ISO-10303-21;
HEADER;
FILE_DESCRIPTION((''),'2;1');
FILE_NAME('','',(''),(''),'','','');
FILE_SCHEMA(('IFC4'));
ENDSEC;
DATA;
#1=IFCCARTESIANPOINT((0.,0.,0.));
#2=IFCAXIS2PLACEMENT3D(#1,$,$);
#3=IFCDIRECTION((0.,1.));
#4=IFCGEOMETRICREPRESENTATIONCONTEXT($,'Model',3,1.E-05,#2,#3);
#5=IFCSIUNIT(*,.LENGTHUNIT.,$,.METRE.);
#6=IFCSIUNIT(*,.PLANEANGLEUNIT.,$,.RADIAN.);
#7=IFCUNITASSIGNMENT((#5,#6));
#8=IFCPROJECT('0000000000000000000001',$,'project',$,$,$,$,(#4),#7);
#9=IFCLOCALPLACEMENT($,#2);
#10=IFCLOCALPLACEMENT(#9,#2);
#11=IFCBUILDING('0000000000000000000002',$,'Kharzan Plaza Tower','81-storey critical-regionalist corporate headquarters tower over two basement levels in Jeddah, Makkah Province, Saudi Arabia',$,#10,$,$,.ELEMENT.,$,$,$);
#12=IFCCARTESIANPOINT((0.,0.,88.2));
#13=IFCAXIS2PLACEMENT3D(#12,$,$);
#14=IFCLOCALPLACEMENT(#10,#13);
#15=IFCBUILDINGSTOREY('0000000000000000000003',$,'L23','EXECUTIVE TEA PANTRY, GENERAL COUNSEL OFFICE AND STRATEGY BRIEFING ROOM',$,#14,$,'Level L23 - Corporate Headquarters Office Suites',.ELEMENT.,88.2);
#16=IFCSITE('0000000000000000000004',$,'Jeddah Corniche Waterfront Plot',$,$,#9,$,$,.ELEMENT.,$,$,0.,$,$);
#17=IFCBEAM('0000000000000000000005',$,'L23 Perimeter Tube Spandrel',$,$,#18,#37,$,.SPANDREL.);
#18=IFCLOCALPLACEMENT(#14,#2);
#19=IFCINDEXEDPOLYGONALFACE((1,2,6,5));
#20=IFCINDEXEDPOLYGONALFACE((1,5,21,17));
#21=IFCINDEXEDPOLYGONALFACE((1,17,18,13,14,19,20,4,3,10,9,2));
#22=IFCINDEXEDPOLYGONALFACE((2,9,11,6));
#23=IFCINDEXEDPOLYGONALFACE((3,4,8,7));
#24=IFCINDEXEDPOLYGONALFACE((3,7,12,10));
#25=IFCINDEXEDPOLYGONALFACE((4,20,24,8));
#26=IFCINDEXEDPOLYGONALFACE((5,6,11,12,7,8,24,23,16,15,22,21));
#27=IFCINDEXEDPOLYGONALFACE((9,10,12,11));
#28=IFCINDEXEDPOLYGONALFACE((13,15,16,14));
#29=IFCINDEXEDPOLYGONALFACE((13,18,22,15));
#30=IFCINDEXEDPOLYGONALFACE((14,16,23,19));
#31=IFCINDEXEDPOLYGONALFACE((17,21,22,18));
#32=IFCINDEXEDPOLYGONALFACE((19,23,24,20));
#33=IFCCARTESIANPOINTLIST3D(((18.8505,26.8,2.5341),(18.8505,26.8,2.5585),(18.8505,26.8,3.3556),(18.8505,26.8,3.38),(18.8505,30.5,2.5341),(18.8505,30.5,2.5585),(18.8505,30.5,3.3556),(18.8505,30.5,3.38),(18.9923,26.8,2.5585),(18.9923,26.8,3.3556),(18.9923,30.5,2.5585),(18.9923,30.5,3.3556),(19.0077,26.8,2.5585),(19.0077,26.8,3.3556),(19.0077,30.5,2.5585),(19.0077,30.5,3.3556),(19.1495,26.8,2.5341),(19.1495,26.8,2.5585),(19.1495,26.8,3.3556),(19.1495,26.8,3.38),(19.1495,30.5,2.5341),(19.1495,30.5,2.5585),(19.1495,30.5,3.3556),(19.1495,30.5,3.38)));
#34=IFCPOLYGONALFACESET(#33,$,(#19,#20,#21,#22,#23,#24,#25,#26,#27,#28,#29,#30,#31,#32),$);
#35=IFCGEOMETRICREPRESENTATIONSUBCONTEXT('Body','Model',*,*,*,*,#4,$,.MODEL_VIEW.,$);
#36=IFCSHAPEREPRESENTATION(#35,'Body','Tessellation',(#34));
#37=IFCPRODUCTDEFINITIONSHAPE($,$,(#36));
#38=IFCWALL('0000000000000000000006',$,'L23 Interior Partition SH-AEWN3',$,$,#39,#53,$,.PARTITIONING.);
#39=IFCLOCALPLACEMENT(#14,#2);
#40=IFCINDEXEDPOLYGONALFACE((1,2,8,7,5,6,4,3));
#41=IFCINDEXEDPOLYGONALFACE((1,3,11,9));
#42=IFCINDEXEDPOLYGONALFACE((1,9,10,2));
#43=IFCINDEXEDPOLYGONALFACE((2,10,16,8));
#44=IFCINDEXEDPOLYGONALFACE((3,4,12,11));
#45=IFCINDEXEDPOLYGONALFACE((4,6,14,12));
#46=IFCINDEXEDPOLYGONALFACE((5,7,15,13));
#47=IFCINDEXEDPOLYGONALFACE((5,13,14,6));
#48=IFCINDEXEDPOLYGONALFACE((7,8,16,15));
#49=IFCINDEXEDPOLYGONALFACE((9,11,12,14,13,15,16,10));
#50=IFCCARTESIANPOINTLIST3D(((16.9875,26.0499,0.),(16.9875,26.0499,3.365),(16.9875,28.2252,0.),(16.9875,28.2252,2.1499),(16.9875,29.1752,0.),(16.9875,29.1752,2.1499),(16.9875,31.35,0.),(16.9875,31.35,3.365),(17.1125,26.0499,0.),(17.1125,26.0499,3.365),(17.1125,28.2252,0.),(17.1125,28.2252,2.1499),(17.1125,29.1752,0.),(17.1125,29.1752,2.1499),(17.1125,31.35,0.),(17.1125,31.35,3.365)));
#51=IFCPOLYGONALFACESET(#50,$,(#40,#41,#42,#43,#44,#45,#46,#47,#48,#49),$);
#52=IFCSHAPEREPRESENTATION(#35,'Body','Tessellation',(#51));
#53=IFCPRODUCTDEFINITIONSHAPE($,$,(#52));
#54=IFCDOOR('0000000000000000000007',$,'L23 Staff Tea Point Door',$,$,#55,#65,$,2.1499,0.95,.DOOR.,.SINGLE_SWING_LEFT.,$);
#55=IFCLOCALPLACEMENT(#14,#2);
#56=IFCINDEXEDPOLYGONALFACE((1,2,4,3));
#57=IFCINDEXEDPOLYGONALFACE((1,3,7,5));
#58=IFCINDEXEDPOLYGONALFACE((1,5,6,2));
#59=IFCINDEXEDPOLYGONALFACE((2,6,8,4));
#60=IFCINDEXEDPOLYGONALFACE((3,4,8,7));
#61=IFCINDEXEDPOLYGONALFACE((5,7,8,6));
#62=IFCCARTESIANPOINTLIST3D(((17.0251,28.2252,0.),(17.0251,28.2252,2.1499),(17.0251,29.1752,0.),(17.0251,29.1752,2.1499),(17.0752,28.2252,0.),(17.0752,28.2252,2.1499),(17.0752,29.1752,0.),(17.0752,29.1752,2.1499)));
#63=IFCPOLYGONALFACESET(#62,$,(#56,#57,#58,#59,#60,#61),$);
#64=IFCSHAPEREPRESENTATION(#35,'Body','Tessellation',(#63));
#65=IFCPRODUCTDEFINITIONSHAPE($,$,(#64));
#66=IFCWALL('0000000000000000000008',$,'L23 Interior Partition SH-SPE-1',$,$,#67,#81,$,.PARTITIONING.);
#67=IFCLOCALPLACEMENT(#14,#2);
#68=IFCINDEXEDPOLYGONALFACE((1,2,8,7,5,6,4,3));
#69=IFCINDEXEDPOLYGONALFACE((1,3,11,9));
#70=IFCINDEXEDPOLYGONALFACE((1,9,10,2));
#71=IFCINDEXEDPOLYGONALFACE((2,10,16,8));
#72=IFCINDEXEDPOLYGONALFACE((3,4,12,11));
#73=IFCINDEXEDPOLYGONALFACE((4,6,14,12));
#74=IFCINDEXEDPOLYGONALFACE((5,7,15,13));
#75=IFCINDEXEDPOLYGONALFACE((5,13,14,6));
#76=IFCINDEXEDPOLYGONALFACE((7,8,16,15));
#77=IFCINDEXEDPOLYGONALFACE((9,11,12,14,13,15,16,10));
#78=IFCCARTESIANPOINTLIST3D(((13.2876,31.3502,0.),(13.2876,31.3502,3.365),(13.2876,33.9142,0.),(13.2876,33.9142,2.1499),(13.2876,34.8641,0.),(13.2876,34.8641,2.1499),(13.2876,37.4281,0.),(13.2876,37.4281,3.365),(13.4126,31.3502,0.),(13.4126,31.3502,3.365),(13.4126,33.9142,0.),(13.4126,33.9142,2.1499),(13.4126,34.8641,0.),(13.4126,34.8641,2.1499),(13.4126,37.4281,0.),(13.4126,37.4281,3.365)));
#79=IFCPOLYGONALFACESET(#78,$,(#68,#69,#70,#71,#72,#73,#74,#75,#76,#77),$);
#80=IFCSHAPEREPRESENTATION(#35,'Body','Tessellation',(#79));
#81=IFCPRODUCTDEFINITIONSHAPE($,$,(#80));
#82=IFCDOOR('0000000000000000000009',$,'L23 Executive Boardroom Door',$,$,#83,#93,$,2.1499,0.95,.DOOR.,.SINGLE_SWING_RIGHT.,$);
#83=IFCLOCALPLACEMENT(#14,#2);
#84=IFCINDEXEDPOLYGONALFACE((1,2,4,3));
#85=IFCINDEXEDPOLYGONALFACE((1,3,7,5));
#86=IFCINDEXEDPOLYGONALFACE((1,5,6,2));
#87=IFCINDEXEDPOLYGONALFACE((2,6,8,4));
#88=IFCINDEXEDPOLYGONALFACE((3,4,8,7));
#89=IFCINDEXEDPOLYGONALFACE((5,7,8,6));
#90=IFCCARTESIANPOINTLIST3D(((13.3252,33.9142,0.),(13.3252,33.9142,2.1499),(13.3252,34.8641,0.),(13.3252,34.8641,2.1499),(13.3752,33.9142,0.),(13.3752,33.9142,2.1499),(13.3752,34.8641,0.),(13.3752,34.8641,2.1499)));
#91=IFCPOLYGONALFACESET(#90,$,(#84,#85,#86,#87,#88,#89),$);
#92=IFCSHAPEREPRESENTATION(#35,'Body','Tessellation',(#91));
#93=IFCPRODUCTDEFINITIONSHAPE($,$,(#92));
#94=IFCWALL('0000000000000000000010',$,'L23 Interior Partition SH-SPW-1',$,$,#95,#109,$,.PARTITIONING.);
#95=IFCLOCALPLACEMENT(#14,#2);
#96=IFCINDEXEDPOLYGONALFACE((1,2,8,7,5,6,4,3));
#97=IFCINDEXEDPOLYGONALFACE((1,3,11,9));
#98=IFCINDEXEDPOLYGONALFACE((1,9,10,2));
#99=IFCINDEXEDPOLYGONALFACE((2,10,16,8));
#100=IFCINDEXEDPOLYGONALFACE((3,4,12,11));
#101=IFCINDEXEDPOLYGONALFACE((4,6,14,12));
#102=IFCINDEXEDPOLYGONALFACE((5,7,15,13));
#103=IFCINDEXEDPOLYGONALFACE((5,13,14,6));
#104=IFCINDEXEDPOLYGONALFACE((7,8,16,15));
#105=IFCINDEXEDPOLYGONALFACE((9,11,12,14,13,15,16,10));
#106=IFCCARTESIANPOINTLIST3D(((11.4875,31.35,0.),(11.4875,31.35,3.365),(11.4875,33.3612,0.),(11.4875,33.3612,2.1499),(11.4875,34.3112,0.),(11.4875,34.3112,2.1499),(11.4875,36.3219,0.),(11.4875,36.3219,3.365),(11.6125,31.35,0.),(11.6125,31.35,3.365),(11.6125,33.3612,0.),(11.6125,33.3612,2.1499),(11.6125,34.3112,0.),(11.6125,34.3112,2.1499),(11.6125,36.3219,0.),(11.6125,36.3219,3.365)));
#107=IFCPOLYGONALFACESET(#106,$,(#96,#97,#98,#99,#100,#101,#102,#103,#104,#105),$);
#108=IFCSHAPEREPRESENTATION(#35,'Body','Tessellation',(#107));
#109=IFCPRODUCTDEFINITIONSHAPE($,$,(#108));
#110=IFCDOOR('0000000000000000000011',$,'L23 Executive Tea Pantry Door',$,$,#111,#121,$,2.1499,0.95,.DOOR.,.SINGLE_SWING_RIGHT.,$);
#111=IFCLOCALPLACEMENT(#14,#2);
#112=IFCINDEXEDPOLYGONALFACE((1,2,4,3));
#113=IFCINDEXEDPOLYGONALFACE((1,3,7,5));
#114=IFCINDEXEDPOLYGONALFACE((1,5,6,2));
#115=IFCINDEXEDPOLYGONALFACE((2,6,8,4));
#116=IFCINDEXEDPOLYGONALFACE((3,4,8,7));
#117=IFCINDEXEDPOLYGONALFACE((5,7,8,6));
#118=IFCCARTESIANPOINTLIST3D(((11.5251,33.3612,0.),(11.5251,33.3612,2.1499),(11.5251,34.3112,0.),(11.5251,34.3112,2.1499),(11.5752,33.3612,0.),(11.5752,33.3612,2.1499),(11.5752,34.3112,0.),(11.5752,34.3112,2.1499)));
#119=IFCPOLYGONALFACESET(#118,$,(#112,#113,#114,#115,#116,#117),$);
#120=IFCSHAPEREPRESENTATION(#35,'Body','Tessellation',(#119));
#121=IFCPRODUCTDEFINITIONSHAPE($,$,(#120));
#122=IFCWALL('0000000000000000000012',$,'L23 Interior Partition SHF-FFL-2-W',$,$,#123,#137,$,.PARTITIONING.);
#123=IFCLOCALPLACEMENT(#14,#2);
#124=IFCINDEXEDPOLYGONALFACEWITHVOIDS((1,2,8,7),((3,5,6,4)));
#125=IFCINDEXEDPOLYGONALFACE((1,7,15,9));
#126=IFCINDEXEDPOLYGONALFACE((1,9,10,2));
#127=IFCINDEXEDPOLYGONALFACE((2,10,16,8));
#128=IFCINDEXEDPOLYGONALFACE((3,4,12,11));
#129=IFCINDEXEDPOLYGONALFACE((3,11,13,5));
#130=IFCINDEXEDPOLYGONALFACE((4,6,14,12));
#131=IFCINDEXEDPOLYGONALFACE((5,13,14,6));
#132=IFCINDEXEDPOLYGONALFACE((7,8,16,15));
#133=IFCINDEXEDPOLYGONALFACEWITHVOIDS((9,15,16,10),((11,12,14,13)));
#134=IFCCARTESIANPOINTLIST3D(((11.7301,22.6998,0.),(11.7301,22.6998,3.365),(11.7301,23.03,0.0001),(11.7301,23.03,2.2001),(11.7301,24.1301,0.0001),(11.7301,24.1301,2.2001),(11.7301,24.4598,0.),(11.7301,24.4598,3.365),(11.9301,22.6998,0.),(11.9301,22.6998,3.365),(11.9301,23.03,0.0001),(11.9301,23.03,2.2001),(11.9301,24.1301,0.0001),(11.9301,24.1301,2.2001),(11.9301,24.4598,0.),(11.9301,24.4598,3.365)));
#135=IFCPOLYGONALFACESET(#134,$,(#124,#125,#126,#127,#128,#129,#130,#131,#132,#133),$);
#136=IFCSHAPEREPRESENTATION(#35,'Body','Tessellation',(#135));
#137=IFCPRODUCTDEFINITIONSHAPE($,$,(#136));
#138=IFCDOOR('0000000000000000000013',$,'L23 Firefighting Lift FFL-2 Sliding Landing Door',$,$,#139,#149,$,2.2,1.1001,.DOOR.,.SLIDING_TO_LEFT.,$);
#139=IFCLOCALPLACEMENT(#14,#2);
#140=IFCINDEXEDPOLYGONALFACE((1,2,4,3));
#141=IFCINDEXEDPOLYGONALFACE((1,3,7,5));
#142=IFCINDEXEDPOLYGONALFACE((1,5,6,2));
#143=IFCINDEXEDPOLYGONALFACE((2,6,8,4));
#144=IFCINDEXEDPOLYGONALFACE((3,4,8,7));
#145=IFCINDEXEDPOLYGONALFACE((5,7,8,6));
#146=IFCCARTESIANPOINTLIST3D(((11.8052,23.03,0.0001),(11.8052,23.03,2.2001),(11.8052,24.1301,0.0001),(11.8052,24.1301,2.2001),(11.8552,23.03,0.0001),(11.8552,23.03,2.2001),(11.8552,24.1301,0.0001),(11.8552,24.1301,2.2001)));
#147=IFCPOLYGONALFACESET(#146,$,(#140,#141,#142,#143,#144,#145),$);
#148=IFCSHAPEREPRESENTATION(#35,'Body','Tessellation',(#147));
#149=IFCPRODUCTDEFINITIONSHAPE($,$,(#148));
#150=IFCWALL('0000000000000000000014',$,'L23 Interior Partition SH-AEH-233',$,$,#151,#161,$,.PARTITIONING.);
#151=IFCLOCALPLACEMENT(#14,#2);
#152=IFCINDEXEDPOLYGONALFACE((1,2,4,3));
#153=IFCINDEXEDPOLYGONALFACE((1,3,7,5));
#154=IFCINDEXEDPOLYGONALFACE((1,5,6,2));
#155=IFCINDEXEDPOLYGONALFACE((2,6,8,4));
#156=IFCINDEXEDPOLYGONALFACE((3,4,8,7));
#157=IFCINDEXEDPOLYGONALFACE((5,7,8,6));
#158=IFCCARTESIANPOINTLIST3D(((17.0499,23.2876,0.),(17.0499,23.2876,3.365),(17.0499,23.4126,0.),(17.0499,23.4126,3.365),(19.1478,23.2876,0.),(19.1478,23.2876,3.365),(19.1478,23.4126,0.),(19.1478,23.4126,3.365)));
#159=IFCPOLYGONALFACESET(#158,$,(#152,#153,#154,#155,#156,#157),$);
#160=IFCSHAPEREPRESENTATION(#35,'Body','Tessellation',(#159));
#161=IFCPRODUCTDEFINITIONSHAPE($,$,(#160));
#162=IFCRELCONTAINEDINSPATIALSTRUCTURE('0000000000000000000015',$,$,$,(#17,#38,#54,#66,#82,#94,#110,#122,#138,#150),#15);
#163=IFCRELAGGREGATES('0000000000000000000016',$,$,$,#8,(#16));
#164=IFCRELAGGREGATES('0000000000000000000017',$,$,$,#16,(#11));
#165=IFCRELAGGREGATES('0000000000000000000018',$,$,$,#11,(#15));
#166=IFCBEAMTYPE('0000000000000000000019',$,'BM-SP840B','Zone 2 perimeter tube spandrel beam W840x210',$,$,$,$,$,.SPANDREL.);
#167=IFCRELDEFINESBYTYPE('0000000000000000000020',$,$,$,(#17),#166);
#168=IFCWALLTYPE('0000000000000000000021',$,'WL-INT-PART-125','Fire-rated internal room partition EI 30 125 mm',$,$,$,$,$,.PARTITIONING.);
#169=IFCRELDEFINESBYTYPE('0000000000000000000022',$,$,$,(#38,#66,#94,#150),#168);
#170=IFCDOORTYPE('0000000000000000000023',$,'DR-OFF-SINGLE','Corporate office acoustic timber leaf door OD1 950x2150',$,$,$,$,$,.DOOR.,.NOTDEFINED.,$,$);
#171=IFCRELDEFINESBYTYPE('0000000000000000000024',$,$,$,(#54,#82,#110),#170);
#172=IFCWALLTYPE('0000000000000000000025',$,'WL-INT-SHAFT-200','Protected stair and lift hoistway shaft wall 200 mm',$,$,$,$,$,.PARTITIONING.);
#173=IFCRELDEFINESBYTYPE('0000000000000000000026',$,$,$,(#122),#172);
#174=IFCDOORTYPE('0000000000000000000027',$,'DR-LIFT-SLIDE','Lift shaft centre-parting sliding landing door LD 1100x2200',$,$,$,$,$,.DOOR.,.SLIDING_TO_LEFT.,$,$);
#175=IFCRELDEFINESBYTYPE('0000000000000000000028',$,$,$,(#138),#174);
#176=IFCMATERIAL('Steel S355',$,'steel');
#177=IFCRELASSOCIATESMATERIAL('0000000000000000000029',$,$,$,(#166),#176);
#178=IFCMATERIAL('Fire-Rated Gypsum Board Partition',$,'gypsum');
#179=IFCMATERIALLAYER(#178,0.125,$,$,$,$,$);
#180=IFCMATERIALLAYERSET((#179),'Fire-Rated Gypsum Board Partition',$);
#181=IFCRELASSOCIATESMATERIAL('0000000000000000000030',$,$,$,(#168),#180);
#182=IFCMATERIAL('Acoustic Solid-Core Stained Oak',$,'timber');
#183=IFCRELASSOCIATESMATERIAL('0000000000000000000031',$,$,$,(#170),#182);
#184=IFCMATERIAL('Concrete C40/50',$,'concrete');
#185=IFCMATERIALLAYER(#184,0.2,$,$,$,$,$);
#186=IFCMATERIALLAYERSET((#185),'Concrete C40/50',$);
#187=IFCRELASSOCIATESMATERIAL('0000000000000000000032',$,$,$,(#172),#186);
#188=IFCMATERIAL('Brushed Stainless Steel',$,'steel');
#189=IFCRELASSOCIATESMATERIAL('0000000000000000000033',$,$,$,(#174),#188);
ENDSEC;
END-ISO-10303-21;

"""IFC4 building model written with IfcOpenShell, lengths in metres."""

from ifc_helpers import new_model, si_unit, direction, frame, frame_2d, origin, origin_2d, place, context, subcontext, project, spatial, rectangle, i_section, extrude, source, transform, mapped, material, layer, layer_set, material_profile, profile_set, type_object, element, fill, save


model = new_model("IFC4")

# Units and contexts
model_context = context("Model", 3, precision=1e-05, world=origin(), true_north=direction((0.0, 1.0)))
body_context = subcontext(model_context, "Body", "Model", "MODEL_VIEW")
ifc_project = project(units=[si_unit("LENGTHUNIT", "METRE"), si_unit("PLANEANGLEUNIT", "RADIAN")], contexts=[model_context])

# Site, building, storey
site_placement = place(None, origin())
site = spatial("IfcSite", under=ifc_project, at=site_placement, Name="Jeddah Corniche Waterfront Plot", CompositionType="ELEMENT", RefElevation=0.0)
building_placement = place(site_placement, origin())
building = spatial("IfcBuilding", under=site, at=building_placement, Name="Kharzan Plaza Tower", Description="81-storey critical-regionalist corporate headquarters tower over two basement levels in Jeddah, Makkah Province, Saudi Arabia", CompositionType="ELEMENT")
storey_placement = place(building_placement, frame((0.0, 0.0, 88.2)))
storey = spatial("IfcBuildingStorey", under=building, at=storey_placement, Name="L23", Description="EXECUTIVE TEA PANTRY, GENERAL COUNSEL OFFICE AND STRATEGY BRIEFING ROOM", LongName="Level L23 - Corporate Headquarters Office Suites", CompositionType="ELEMENT", Elevation=88.2)

# Beam
ifc_material_1 = material(Name="Steel S355", Category="steel")
ifc_material_profile_1 = material_profile(ifc_material_1, i_section(OverallWidth=0.2991, OverallDepth=0.8459, WebThickness=0.0154, FlangeThickness=0.0244, at=origin_2d()), Name="W840x210")
ifc_profile_set_1 = profile_set([ifc_material_profile_1], Name="Steel S355")
beam_type_1 = type_object("IfcBeamType", Name="BM-SP840B", Description="Zone 2 perimeter tube spandrel beam W840x210", PredefinedType="SPANDREL", material=ifc_profile_set_1)
shared_shape_1 = source(origin(), body_context, "Body", "SweptSolid", [
    extrude(i_section(OverallWidth=0.2991, OverallDepth=0.8459, WebThickness=0.0154, FlangeThickness=0.0244, at=origin_2d()), origin(), (0.0, 0.0, 1.0), 3.7),
])
beam_1_placement = place(storey_placement, frame((19.0, 26.8, 2.957), z_axis=(0.0, 1.0, 0.0), x_axis=(-1.0, 0.0, 0.0)))
element("IfcBeam", 1, at=beam_1_placement, inside=storey, type_object=beam_type_1, Name="L23 Perimeter Tube Spandrel", PredefinedType="SPANDREL", context=body_context, shape_type="MappedRepresentation", body=[
    mapped(shared_shape_1, transform((0.0, 0.0, 0.0), x_axis=(1.0, 0.0, 0.0), y_axis=(0.0, 1.0, 0.0), z_axis=(0.0, 0.0, 1.0))),
])

# Walls, openings, doors
ifc_material_2 = material(Name="Fire-Rated Gypsum Board Partition", Category="gypsum")
ifc_layer_1 = layer(ifc_material_2, 0.125)
ifc_layer_set_1 = layer_set([ifc_layer_1], Name="Fire-Rated Gypsum Board Partition")
wall_type_1 = type_object("IfcWallType", Name="WL-INT-PART-125", Description="Fire-rated internal room partition EI 30 125 mm", PredefinedType="PARTITIONING", material=ifc_layer_set_1)
wall_1_placement = place(storey_placement, frame((17.05, 26.05, 0.0), z_axis=(0.0, 0.0, 1.0), x_axis=(0.0, 1.0, 0.0)))
wall_1 = element("IfcWall", 2, at=wall_1_placement, inside=storey, type_object=wall_type_1, Name="L23 Interior Partition SH-AEWN3", PredefinedType="PARTITIONING", context=body_context, shape_type="SweptSolid", body=[
    extrude(rectangle(XDim=5.3, YDim=0.125, at=frame_2d((2.6499, 0.0))), origin(), (0.0, 0.0, 1.0), 3.365),
])
opening_1_placement = place(wall_1_placement, frame((2.175, 0.0, 0.0)))
opening_1 = element("IfcOpeningElement", 3, at=opening_1_placement, cuts=wall_1, PredefinedType="OPENING", context=body_context, shape_type="SweptSolid", body=[
    extrude(rectangle(XDim=0.95, YDim=2.1499, at=frame_2d((0.4751, 1.075))), frame((0.0, 0.0725, 0.0), z_axis=(0.0, -1.0, 0.0), x_axis=(1.0, 0.0, 0.0)), (0.0, 0.0, 1.0), 0.145),
])
ifc_material_3 = material(Name="Acoustic Solid-Core Stained Oak", Category="timber")
door_type_1 = type_object("IfcDoorType", Name="DR-OFF-SINGLE", Description="Corporate office acoustic timber leaf door OD1 950x2150", OperationType="NOTDEFINED", PredefinedType="DOOR", material=ifc_material_3)
shared_shape_2 = source(origin(), body_context, "Body", "SweptSolid", [
    extrude(rectangle(XDim=0.95, YDim=2.1499, at=frame_2d((0.4751, 1.075))), frame((0.0, 0.0249, 0.0), z_axis=(0.0, -1.0, 0.0), x_axis=(1.0, 0.0, 0.0)), (0.0, 0.0, 1.0), 0.05),
])
door_1_placement = place(opening_1_placement, origin())
door_1 = element("IfcDoor", 4, at=door_1_placement, inside=storey, type_object=door_type_1, Name="L23 Staff Tea Point Door", OperationType="SINGLE_SWING_LEFT", OverallHeight=2.1499, OverallWidth=0.95, PredefinedType="DOOR", context=body_context, shape_type="MappedRepresentation", body=[
    mapped(shared_shape_2, transform((0.0, 0.0, 0.0), x_axis=(1.0, 0.0, 0.0), y_axis=(0.0, 1.0, 0.0), z_axis=(0.0, 0.0, 1.0))),
])
fill(opening_1, door_1)
wall_2_placement = place(storey_placement, frame((13.3501, 31.3501, 0.0), z_axis=(0.0, 0.0, 1.0), x_axis=(0.0, 1.0, 0.0)))
wall_2 = element("IfcWall", 5, at=wall_2_placement, inside=storey, type_object=wall_type_1, Name="L23 Interior Partition SH-SPE-1", PredefinedType="PARTITIONING", context=body_context, shape_type="SweptSolid", body=[
    extrude(rectangle(XDim=6.0779, YDim=0.125, at=frame_2d((3.0391, 0.0))), origin(), (0.0, 0.0, 1.0), 3.365),
])
opening_2_placement = place(wall_2_placement, frame((2.564, 0.0, 0.0)))
opening_2 = element("IfcOpeningElement", 6, at=opening_2_placement, cuts=wall_2, PredefinedType="OPENING", context=body_context, shape_type="SweptSolid", body=[
    extrude(rectangle(XDim=0.95, YDim=2.1499, at=frame_2d((0.4751, 1.075))), frame((0.0, 0.0725, 0.0), z_axis=(0.0, -1.0, 0.0), x_axis=(1.0, 0.0, 0.0)), (0.0, 0.0, 1.0), 0.145),
])
door_2_placement = place(opening_2_placement, origin())
door_2 = element("IfcDoor", 7, at=door_2_placement, inside=storey, type_object=door_type_1, Name="L23 Executive Boardroom Door", OperationType="SINGLE_SWING_RIGHT", OverallHeight=2.1499, OverallWidth=0.95, PredefinedType="DOOR", context=body_context, shape_type="MappedRepresentation", body=[
    mapped(shared_shape_2, transform((0.0, 0.0, 0.0), x_axis=(1.0, 0.0, 0.0), y_axis=(0.0, 1.0, 0.0), z_axis=(0.0, 0.0, 1.0))),
])
fill(opening_2, door_2)
wall_3_placement = place(storey_placement, frame((11.55, 31.3501, 0.0), z_axis=(0.0, 0.0, 1.0), x_axis=(0.0, 1.0, 0.0)))
wall_3 = element("IfcWall", 8, at=wall_3_placement, inside=storey, type_object=wall_type_1, Name="L23 Interior Partition SH-SPW-1", PredefinedType="PARTITIONING", context=body_context, shape_type="SweptSolid", body=[
    extrude(rectangle(XDim=4.9719, YDim=0.125, at=frame_2d((2.4858, 0.0))), origin(), (0.0, 0.0, 1.0), 3.365),
])
opening_3_placement = place(wall_3_placement, frame((2.011, 0.0, 0.0)))
opening_3 = element("IfcOpeningElement", 9, at=opening_3_placement, cuts=wall_3, PredefinedType="OPENING", context=body_context, shape_type="SweptSolid", body=[
    extrude(rectangle(XDim=0.95, YDim=2.1499, at=frame_2d((0.4751, 1.075))), frame((0.0, 0.0725, 0.0), z_axis=(0.0, -1.0, 0.0), x_axis=(1.0, 0.0, 0.0)), (0.0, 0.0, 1.0), 0.145),
])
door_3_placement = place(opening_3_placement, origin())
door_3 = element("IfcDoor", 10, at=door_3_placement, inside=storey, type_object=door_type_1, Name="L23 Executive Tea Pantry Door", OperationType="SINGLE_SWING_RIGHT", OverallHeight=2.1499, OverallWidth=0.95, PredefinedType="DOOR", context=body_context, shape_type="MappedRepresentation", body=[
    mapped(shared_shape_2, transform((0.0, 0.0, 0.0), x_axis=(1.0, 0.0, 0.0), y_axis=(0.0, 1.0, 0.0), z_axis=(0.0, 0.0, 1.0))),
])
fill(opening_3, door_3)
ifc_material_4 = material(Name="Concrete C40/50", Category="concrete")
ifc_layer_2 = layer(ifc_material_4, 0.2)
ifc_layer_set_2 = layer_set([ifc_layer_2], Name="Concrete C40/50")
wall_type_2 = type_object("IfcWallType", Name="WL-INT-SHAFT-200", Description="Protected stair and lift hoistway shaft wall 200 mm", PredefinedType="PARTITIONING", material=ifc_layer_set_2)
wall_4_placement = place(storey_placement, frame((11.8301, 22.7, 0.0), z_axis=(0.0, 0.0, 1.0), x_axis=(0.0, 1.0, 0.0)))
wall_4 = element("IfcWall", 11, at=wall_4_placement, inside=storey, type_object=wall_type_2, Name="L23 Interior Partition SHF-FFL-2-W", PredefinedType="PARTITIONING", context=body_context, shape_type="SweptSolid", body=[
    extrude(rectangle(XDim=1.76, YDim=0.2, at=frame_2d((0.8799, 0.0))), origin(), (0.0, 0.0, 1.0), 3.365),
])
opening_4_placement = place(wall_4_placement, frame((0.3301, 0.0, 0.0)))
opening_4 = element("IfcOpeningElement", 12, at=opening_4_placement, cuts=wall_4, PredefinedType="OPENING", context=body_context, shape_type="SweptSolid", body=[
    extrude(rectangle(XDim=1.1001, YDim=2.2, at=frame_2d((0.55, 1.1001))), frame((0.0, 0.1099, 0.0), z_axis=(0.0, -1.0, 0.0), x_axis=(1.0, 0.0, 0.0)), (0.0, 0.0, 1.0), 0.22),
])
ifc_material_5 = material(Name="Brushed Stainless Steel", Category="steel")
door_type_2 = type_object("IfcDoorType", Name="DR-LIFT-SLIDE", Description="Lift shaft centre-parting sliding landing door LD 1100x2200", OperationType="SLIDING_TO_LEFT", PredefinedType="DOOR", material=ifc_material_5)
shared_shape_3 = source(origin(), body_context, "Body", "SweptSolid", [
    extrude(rectangle(XDim=1.1001, YDim=2.2, at=frame_2d((0.55, 1.1001))), frame((0.0, 0.0249, 0.0), z_axis=(0.0, -1.0, 0.0), x_axis=(1.0, 0.0, 0.0)), (0.0, 0.0, 1.0), 0.05),
])
door_4_placement = place(opening_4_placement, origin())
door_4 = element("IfcDoor", 13, at=door_4_placement, inside=storey, type_object=door_type_2, Name="L23 Firefighting Lift FFL-2 Sliding Landing Door", OperationType="SLIDING_TO_LEFT", OverallHeight=2.2, OverallWidth=1.1001, PredefinedType="DOOR", context=body_context, shape_type="MappedRepresentation", body=[
    mapped(shared_shape_3, transform((0.0, 0.0, 0.0), x_axis=(1.0, 0.0, 0.0), y_axis=(0.0, 1.0, 0.0), z_axis=(0.0, 0.0, 1.0))),
])
fill(opening_4, door_4)

# Wall
shared_shape_4 = source(origin(), body_context, "Body", "SweptSolid", [
    extrude(rectangle(XDim=2.0979, YDim=0.125, at=frame_2d((1.0488, 0.0))), origin(), (0.0, 0.0, 1.0), 3.365),
])
for number, where, z_axis, x_axis, name in (
    (14, (17.05, 23.3501, 0.0), (0.0, 0.0, 1.0), (1.0, 0.0, 0.0), "L23 Interior Partition SH-AEH-233"),
):
    element("IfcWall", number, at=place(storey_placement, frame(where, z_axis=z_axis, x_axis=x_axis)), inside=storey, type_object=wall_type_1, Name=name, PredefinedType="PARTITIONING", context=body_context, shape_type="MappedRepresentation", body=[
        mapped(shared_shape_4, transform((0.0, 0.0, 0.0), x_axis=(1.0, 0.0, 0.0), y_axis=(0.0, 1.0, 0.0), z_axis=(0.0, 0.0, 1.0))),
    ])

save(model, "model.ifc")
